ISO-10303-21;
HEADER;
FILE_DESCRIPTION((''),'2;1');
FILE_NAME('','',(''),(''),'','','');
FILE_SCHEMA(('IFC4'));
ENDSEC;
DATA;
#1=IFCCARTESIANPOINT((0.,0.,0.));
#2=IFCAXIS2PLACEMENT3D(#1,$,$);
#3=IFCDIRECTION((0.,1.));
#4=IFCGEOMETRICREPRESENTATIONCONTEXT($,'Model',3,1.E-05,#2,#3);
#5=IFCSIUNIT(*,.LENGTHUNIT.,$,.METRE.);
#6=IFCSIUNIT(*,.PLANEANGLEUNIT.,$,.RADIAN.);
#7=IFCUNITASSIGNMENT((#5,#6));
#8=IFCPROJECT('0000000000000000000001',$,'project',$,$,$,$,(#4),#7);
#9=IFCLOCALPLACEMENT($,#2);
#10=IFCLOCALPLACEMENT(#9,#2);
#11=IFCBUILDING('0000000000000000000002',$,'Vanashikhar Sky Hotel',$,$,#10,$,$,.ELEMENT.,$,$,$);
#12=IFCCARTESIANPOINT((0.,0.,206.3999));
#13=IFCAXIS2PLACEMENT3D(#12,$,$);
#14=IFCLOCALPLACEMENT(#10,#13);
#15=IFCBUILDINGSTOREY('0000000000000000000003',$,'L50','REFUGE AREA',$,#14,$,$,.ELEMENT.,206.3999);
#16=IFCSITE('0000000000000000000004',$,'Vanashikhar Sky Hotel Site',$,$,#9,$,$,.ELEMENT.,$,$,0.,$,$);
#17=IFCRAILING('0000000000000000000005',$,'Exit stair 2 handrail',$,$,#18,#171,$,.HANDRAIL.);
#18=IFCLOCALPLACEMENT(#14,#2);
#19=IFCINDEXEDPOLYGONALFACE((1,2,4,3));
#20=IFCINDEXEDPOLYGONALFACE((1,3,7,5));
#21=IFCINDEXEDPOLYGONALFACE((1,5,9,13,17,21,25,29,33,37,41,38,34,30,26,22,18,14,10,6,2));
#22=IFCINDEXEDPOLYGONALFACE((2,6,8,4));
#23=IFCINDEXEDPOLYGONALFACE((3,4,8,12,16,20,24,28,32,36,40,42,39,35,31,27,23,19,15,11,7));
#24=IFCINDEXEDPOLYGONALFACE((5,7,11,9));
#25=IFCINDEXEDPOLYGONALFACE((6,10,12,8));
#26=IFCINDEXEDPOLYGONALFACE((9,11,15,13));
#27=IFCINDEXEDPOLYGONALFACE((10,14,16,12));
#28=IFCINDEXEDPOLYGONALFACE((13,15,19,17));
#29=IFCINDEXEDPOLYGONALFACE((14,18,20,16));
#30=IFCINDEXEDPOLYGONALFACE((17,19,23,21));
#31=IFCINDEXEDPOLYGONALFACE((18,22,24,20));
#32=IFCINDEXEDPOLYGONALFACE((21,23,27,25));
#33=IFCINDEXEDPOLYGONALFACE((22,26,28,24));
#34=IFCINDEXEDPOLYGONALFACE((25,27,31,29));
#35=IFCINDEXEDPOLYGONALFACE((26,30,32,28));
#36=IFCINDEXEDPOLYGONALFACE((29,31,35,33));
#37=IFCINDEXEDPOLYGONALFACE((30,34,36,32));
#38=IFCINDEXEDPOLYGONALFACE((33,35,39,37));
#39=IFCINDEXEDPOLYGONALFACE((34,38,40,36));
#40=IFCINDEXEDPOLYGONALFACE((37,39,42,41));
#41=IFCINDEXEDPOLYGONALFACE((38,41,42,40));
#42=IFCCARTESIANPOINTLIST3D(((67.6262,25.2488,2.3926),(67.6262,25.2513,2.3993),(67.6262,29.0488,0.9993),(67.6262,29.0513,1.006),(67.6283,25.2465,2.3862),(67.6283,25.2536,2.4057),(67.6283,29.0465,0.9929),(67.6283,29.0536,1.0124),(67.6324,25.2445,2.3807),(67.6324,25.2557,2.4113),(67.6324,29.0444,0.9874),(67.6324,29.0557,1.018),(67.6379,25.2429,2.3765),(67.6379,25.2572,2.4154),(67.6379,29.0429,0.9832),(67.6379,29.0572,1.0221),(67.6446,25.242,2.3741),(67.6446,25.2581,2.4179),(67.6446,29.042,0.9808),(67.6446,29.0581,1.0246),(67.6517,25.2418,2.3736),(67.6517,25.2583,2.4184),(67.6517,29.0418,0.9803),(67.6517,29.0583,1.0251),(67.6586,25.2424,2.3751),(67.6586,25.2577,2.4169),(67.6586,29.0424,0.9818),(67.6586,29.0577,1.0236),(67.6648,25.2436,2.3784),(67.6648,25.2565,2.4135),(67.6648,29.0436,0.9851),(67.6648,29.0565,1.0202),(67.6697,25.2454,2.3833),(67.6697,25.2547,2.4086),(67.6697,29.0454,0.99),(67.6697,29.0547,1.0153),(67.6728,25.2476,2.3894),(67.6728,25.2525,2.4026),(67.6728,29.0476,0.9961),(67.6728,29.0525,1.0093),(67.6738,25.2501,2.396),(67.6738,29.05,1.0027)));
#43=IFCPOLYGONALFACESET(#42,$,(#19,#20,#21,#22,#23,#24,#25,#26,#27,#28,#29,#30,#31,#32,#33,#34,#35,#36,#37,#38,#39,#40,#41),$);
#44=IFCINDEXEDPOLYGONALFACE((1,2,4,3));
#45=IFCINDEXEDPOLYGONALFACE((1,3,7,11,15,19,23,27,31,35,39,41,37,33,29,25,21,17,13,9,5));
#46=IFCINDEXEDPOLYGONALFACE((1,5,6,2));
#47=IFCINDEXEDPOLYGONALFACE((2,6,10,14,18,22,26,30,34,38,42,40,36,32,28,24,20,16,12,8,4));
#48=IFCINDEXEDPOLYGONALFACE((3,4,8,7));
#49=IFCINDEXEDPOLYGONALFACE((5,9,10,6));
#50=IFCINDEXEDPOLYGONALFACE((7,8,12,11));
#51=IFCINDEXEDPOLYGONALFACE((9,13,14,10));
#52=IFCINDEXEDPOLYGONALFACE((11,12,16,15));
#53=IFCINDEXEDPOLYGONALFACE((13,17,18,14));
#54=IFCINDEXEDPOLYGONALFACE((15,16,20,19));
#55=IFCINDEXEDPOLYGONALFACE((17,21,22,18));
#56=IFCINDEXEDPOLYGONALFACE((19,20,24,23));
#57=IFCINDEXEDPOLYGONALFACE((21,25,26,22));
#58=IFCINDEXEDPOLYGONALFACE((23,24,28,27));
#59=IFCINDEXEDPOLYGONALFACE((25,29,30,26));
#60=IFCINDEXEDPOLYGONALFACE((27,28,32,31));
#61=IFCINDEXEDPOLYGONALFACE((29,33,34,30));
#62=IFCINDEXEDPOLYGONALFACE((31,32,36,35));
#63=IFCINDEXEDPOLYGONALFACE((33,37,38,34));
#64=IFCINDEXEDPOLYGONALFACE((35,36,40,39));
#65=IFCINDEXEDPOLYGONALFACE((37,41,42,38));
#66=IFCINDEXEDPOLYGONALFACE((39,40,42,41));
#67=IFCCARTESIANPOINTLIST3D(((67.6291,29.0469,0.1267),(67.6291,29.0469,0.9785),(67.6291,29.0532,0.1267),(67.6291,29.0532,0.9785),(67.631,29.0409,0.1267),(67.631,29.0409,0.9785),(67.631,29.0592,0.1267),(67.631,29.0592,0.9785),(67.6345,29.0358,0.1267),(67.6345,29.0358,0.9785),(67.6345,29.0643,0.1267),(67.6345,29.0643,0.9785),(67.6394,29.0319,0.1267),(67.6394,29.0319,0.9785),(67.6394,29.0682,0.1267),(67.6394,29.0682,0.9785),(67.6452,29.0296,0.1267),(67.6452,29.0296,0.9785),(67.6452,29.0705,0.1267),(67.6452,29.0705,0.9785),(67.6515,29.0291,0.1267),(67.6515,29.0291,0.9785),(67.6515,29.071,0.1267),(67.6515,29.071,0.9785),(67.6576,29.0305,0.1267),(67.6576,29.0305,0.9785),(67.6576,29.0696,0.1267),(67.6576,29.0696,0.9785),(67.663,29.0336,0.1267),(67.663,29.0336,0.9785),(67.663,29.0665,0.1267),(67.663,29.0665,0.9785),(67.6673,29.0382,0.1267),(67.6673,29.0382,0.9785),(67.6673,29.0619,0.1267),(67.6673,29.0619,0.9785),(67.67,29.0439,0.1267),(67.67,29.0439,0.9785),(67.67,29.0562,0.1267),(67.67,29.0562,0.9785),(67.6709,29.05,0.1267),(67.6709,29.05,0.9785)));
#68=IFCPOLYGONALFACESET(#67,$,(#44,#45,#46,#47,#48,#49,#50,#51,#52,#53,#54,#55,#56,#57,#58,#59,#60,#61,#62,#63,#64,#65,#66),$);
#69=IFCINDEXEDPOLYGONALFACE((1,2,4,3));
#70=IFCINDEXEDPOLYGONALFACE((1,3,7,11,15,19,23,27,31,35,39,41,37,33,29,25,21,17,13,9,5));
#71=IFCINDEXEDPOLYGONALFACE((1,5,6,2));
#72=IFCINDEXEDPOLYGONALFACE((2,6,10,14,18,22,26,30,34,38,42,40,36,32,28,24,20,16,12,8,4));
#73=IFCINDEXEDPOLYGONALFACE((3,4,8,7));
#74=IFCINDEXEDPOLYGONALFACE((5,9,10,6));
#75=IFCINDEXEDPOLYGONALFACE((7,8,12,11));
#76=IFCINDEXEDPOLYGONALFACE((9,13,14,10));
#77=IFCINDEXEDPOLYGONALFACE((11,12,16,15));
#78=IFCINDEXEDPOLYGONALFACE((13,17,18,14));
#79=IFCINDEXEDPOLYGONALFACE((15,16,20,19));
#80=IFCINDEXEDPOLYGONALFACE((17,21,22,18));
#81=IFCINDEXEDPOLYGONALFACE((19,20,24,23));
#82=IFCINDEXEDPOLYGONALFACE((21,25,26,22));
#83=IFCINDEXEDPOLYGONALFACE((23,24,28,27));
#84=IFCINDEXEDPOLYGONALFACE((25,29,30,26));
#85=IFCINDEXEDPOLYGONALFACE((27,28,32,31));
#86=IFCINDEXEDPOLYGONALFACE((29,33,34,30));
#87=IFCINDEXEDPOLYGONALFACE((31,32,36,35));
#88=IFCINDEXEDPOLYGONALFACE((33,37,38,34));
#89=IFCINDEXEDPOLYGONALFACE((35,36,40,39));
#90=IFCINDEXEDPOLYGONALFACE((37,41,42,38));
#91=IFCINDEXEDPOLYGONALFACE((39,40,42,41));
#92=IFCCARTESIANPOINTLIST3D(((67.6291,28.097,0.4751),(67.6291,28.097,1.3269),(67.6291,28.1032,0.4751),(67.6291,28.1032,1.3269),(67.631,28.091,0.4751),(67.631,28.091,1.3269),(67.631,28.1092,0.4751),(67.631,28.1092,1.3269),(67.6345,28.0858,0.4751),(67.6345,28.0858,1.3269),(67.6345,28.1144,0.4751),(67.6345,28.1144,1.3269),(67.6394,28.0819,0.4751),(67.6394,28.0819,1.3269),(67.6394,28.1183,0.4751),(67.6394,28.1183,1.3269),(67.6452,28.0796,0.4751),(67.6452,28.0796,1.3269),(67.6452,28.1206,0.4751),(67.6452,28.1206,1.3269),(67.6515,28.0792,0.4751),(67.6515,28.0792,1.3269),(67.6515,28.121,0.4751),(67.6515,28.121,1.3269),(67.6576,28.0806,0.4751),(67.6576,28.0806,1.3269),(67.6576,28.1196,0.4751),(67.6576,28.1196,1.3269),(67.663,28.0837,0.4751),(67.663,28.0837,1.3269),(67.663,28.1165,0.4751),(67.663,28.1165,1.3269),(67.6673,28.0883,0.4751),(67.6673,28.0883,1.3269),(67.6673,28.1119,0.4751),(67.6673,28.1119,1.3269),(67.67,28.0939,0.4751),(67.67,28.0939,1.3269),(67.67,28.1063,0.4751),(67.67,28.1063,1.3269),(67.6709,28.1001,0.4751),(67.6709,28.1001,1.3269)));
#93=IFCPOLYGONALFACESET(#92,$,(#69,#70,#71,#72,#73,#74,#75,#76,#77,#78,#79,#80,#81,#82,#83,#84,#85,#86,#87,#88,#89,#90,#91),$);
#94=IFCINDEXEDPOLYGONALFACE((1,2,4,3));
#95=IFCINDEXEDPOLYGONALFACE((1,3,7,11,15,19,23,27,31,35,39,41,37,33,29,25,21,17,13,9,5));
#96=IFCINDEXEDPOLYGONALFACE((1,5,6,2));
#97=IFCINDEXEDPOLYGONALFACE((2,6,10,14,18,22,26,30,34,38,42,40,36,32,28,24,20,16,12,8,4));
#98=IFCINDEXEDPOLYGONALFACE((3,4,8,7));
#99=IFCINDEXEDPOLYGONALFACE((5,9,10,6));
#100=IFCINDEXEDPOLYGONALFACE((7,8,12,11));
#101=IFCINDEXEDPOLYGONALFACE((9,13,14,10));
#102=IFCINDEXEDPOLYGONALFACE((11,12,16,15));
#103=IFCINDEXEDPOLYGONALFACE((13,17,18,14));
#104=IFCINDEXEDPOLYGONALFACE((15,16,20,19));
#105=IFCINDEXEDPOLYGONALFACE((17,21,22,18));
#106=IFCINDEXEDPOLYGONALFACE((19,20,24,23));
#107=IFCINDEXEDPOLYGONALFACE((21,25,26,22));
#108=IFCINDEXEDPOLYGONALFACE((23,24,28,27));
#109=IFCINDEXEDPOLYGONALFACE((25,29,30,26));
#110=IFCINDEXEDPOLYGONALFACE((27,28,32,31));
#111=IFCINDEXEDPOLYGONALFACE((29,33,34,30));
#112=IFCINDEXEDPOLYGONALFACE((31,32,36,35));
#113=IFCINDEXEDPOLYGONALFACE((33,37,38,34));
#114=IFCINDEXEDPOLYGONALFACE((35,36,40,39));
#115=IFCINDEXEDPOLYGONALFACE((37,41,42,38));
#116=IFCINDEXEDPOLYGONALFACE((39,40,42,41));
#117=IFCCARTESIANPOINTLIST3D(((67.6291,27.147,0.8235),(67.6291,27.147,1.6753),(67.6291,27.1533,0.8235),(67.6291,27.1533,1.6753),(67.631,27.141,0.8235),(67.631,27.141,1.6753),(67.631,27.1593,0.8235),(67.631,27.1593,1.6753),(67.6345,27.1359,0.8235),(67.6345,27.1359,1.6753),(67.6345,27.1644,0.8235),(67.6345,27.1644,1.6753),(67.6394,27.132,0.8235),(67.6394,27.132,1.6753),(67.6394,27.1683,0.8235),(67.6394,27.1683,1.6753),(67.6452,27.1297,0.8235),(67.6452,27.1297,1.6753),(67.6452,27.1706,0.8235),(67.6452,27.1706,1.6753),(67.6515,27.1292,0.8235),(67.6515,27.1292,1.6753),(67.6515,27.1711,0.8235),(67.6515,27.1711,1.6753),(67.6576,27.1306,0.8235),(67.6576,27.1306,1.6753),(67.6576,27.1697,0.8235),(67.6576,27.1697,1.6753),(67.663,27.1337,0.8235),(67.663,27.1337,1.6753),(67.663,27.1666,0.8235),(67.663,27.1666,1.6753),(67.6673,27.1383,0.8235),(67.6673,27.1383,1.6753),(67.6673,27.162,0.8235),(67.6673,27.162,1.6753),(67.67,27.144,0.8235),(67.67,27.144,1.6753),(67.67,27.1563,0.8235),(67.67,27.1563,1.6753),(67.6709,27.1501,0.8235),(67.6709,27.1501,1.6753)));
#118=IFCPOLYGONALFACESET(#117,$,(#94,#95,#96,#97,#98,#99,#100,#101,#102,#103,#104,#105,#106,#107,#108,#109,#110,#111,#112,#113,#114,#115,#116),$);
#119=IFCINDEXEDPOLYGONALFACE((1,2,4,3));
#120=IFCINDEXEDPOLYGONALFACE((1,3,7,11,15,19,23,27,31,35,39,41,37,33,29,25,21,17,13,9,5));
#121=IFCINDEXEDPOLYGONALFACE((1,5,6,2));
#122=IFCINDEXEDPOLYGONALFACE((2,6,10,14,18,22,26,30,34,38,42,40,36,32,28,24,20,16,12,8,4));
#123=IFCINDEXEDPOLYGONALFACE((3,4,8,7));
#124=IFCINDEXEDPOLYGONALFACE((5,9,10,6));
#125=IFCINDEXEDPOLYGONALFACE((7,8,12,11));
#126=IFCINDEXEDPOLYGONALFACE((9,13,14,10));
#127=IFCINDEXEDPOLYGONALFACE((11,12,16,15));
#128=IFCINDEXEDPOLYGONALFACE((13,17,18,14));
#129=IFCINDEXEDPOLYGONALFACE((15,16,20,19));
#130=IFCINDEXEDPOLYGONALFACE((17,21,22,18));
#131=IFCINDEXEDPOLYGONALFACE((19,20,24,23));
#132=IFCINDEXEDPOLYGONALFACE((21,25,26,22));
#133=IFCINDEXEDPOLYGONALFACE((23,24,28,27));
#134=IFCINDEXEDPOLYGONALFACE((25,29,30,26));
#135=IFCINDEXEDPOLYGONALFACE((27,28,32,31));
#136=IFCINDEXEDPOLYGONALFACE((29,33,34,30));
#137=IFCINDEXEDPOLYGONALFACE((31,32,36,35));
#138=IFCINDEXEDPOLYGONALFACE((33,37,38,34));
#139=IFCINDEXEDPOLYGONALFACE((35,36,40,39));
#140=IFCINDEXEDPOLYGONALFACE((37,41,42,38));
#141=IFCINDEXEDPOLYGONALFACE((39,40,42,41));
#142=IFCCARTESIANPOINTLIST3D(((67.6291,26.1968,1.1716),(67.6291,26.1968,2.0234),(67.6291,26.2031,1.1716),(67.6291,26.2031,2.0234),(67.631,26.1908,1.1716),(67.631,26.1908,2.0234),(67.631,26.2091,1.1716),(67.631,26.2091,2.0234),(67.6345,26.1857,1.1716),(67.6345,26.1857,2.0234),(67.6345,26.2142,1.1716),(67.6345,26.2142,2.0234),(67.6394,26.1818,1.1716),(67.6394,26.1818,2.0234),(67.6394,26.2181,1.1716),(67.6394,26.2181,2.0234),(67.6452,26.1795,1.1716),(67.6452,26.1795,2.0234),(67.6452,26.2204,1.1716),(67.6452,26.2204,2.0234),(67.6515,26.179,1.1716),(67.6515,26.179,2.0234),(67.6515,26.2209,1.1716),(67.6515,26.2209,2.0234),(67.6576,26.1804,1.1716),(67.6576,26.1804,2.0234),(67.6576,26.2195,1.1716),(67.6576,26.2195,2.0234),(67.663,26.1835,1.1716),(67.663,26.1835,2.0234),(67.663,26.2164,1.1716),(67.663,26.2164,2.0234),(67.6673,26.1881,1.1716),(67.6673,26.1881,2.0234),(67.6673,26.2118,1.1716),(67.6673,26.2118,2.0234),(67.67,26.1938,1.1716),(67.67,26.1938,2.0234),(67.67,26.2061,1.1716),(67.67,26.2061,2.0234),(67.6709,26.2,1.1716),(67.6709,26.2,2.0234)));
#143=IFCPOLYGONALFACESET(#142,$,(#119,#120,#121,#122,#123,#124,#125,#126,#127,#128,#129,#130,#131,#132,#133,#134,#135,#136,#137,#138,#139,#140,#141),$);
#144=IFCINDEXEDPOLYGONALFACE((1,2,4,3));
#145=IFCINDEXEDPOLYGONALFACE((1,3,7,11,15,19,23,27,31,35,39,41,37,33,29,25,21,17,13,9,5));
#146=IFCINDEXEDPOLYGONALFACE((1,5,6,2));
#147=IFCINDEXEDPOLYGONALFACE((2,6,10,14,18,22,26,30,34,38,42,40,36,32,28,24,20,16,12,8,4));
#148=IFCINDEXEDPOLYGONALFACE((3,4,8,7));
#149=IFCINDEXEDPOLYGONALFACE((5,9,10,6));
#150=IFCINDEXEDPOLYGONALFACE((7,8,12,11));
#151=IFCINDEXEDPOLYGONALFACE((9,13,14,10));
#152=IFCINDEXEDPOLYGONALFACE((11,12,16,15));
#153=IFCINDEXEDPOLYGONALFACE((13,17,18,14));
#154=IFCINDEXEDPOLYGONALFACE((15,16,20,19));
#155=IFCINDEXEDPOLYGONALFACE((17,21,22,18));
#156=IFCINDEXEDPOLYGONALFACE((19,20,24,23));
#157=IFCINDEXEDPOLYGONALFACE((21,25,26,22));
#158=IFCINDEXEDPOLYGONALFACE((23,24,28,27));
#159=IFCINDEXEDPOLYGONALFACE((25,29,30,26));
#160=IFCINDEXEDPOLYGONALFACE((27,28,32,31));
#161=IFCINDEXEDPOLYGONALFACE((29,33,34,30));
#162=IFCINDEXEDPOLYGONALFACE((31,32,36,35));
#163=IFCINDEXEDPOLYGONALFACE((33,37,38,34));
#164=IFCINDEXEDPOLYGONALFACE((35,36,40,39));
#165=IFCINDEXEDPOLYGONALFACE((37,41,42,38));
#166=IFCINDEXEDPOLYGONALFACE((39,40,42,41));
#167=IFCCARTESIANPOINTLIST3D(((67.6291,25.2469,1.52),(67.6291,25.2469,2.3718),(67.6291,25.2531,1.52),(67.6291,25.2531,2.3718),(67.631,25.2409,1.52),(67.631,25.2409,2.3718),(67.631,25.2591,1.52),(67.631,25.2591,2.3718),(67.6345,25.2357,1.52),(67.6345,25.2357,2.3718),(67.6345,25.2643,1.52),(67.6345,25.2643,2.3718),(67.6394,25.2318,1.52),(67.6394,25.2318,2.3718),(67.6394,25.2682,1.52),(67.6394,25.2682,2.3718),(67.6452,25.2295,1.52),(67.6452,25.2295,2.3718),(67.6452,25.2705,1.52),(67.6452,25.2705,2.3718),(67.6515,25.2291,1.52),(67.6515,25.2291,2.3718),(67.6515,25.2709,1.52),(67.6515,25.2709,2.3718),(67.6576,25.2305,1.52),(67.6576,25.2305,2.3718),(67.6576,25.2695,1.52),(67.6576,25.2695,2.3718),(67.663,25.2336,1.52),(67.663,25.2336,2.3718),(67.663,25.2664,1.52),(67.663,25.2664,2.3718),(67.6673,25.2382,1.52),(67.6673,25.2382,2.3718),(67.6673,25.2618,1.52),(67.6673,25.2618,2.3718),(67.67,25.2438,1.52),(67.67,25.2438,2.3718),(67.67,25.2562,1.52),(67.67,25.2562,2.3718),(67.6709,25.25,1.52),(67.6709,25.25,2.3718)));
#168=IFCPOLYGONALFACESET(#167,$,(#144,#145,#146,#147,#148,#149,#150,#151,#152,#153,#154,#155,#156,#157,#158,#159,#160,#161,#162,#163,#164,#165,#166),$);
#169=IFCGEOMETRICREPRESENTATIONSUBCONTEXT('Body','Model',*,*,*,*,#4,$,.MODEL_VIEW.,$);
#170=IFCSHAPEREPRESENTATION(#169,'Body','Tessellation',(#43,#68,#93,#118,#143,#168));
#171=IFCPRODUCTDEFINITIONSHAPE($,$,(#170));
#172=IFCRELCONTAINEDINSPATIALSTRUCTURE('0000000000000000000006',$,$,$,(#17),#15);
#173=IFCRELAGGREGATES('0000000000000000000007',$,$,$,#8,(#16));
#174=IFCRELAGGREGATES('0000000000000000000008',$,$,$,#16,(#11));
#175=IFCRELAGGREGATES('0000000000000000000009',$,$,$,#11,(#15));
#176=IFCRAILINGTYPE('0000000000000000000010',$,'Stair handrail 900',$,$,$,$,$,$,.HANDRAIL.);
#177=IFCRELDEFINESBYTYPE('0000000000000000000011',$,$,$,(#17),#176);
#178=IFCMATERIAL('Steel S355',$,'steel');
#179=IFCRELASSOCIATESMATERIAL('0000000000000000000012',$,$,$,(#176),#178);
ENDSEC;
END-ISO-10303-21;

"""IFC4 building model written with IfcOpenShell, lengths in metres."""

from ifc_helpers import new_model, si_unit, direction, frame, origin, origin_2d, place, context, subcontext, project, spatial, circle, extrude, source, transform, mapped, material, type_object, element, save


model = new_model("IFC4")

# Units and contexts
model_context = context("Model", 3, precision=1e-05, world=origin(), true_north=direction((0.0, 1.0)))
body_context = subcontext(model_context, "Body", "Model", "MODEL_VIEW")
ifc_project = project(units=[si_unit("LENGTHUNIT", "METRE"), si_unit("PLANEANGLEUNIT", "RADIAN")], contexts=[model_context])

# Site, building, storey
site_placement = place(None, origin())
site = spatial("IfcSite", under=ifc_project, at=site_placement, Name="Vanashikhar Sky Hotel Site", CompositionType="ELEMENT", RefElevation=0.0)
building_placement = place(site_placement, origin())
building = spatial("IfcBuilding", under=site, at=building_placement, Name="Vanashikhar Sky Hotel", CompositionType="ELEMENT")
storey_placement = place(building_placement, frame((0.0, 0.0, 206.3999)))
storey = spatial("IfcBuildingStorey", under=building, at=storey_placement, Name="L50", Description="REFUGE AREA", CompositionType="ELEMENT", Elevation=206.3999)

# Railing
ifc_material_1 = material(Name="Steel S355", Category="steel")
railing_type_1 = type_object("IfcRailingType", Name="Stair handrail 900", PredefinedType="HANDRAIL", material=ifc_material_1)
shared_shape_1 = source(origin(), body_context, "Body", "SweptSolid", [
    extrude(circle(Radius=0.0239, at=origin_2d()), frame((0.0, 0.0, 0.876), z_axis=(0.0, -0.93888, 0.344246), x_axis=(1.0, 0.0, 0.0)), (0.0, 0.0, 1.0), 4.0474),
    extrude(circle(Radius=0.021, at=origin_2d()), origin(), (0.0, 0.0, 1.0), 0.8518),
    extrude(circle(Radius=0.021, at=origin_2d()), frame((0.0, -0.95, 0.3484)), (0.0, 0.0, 1.0), 0.8518),
    extrude(circle(Radius=0.021, at=origin_2d()), frame((0.0, -1.8999, 0.6968)), (0.0, 0.0, 1.0), 0.8518),
    extrude(circle(Radius=0.021, at=origin_2d()), frame((0.0, -2.8501, 1.0449)), (0.0, 0.0, 1.0), 0.8518),
    extrude(circle(Radius=0.021, at=origin_2d()), frame((0.0, -3.8, 1.3933)), (0.0, 0.0, 1.0), 0.8518),
])
for number, where, name in (
    (1, (67.6499, 29.05, 0.1267), "Exit stair 2 handrail"),
):
    element("IfcRailing", number, at=place(storey_placement, frame(where)), inside=storey, type_object=railing_type_1, Name=name, PredefinedType="HANDRAIL", context=body_context, shape_type="MappedRepresentation", body=[
        mapped(shared_shape_1, transform((0.0, 0.0, 0.0), scale=1.0)),
    ])

save(model, "model.ifc")
